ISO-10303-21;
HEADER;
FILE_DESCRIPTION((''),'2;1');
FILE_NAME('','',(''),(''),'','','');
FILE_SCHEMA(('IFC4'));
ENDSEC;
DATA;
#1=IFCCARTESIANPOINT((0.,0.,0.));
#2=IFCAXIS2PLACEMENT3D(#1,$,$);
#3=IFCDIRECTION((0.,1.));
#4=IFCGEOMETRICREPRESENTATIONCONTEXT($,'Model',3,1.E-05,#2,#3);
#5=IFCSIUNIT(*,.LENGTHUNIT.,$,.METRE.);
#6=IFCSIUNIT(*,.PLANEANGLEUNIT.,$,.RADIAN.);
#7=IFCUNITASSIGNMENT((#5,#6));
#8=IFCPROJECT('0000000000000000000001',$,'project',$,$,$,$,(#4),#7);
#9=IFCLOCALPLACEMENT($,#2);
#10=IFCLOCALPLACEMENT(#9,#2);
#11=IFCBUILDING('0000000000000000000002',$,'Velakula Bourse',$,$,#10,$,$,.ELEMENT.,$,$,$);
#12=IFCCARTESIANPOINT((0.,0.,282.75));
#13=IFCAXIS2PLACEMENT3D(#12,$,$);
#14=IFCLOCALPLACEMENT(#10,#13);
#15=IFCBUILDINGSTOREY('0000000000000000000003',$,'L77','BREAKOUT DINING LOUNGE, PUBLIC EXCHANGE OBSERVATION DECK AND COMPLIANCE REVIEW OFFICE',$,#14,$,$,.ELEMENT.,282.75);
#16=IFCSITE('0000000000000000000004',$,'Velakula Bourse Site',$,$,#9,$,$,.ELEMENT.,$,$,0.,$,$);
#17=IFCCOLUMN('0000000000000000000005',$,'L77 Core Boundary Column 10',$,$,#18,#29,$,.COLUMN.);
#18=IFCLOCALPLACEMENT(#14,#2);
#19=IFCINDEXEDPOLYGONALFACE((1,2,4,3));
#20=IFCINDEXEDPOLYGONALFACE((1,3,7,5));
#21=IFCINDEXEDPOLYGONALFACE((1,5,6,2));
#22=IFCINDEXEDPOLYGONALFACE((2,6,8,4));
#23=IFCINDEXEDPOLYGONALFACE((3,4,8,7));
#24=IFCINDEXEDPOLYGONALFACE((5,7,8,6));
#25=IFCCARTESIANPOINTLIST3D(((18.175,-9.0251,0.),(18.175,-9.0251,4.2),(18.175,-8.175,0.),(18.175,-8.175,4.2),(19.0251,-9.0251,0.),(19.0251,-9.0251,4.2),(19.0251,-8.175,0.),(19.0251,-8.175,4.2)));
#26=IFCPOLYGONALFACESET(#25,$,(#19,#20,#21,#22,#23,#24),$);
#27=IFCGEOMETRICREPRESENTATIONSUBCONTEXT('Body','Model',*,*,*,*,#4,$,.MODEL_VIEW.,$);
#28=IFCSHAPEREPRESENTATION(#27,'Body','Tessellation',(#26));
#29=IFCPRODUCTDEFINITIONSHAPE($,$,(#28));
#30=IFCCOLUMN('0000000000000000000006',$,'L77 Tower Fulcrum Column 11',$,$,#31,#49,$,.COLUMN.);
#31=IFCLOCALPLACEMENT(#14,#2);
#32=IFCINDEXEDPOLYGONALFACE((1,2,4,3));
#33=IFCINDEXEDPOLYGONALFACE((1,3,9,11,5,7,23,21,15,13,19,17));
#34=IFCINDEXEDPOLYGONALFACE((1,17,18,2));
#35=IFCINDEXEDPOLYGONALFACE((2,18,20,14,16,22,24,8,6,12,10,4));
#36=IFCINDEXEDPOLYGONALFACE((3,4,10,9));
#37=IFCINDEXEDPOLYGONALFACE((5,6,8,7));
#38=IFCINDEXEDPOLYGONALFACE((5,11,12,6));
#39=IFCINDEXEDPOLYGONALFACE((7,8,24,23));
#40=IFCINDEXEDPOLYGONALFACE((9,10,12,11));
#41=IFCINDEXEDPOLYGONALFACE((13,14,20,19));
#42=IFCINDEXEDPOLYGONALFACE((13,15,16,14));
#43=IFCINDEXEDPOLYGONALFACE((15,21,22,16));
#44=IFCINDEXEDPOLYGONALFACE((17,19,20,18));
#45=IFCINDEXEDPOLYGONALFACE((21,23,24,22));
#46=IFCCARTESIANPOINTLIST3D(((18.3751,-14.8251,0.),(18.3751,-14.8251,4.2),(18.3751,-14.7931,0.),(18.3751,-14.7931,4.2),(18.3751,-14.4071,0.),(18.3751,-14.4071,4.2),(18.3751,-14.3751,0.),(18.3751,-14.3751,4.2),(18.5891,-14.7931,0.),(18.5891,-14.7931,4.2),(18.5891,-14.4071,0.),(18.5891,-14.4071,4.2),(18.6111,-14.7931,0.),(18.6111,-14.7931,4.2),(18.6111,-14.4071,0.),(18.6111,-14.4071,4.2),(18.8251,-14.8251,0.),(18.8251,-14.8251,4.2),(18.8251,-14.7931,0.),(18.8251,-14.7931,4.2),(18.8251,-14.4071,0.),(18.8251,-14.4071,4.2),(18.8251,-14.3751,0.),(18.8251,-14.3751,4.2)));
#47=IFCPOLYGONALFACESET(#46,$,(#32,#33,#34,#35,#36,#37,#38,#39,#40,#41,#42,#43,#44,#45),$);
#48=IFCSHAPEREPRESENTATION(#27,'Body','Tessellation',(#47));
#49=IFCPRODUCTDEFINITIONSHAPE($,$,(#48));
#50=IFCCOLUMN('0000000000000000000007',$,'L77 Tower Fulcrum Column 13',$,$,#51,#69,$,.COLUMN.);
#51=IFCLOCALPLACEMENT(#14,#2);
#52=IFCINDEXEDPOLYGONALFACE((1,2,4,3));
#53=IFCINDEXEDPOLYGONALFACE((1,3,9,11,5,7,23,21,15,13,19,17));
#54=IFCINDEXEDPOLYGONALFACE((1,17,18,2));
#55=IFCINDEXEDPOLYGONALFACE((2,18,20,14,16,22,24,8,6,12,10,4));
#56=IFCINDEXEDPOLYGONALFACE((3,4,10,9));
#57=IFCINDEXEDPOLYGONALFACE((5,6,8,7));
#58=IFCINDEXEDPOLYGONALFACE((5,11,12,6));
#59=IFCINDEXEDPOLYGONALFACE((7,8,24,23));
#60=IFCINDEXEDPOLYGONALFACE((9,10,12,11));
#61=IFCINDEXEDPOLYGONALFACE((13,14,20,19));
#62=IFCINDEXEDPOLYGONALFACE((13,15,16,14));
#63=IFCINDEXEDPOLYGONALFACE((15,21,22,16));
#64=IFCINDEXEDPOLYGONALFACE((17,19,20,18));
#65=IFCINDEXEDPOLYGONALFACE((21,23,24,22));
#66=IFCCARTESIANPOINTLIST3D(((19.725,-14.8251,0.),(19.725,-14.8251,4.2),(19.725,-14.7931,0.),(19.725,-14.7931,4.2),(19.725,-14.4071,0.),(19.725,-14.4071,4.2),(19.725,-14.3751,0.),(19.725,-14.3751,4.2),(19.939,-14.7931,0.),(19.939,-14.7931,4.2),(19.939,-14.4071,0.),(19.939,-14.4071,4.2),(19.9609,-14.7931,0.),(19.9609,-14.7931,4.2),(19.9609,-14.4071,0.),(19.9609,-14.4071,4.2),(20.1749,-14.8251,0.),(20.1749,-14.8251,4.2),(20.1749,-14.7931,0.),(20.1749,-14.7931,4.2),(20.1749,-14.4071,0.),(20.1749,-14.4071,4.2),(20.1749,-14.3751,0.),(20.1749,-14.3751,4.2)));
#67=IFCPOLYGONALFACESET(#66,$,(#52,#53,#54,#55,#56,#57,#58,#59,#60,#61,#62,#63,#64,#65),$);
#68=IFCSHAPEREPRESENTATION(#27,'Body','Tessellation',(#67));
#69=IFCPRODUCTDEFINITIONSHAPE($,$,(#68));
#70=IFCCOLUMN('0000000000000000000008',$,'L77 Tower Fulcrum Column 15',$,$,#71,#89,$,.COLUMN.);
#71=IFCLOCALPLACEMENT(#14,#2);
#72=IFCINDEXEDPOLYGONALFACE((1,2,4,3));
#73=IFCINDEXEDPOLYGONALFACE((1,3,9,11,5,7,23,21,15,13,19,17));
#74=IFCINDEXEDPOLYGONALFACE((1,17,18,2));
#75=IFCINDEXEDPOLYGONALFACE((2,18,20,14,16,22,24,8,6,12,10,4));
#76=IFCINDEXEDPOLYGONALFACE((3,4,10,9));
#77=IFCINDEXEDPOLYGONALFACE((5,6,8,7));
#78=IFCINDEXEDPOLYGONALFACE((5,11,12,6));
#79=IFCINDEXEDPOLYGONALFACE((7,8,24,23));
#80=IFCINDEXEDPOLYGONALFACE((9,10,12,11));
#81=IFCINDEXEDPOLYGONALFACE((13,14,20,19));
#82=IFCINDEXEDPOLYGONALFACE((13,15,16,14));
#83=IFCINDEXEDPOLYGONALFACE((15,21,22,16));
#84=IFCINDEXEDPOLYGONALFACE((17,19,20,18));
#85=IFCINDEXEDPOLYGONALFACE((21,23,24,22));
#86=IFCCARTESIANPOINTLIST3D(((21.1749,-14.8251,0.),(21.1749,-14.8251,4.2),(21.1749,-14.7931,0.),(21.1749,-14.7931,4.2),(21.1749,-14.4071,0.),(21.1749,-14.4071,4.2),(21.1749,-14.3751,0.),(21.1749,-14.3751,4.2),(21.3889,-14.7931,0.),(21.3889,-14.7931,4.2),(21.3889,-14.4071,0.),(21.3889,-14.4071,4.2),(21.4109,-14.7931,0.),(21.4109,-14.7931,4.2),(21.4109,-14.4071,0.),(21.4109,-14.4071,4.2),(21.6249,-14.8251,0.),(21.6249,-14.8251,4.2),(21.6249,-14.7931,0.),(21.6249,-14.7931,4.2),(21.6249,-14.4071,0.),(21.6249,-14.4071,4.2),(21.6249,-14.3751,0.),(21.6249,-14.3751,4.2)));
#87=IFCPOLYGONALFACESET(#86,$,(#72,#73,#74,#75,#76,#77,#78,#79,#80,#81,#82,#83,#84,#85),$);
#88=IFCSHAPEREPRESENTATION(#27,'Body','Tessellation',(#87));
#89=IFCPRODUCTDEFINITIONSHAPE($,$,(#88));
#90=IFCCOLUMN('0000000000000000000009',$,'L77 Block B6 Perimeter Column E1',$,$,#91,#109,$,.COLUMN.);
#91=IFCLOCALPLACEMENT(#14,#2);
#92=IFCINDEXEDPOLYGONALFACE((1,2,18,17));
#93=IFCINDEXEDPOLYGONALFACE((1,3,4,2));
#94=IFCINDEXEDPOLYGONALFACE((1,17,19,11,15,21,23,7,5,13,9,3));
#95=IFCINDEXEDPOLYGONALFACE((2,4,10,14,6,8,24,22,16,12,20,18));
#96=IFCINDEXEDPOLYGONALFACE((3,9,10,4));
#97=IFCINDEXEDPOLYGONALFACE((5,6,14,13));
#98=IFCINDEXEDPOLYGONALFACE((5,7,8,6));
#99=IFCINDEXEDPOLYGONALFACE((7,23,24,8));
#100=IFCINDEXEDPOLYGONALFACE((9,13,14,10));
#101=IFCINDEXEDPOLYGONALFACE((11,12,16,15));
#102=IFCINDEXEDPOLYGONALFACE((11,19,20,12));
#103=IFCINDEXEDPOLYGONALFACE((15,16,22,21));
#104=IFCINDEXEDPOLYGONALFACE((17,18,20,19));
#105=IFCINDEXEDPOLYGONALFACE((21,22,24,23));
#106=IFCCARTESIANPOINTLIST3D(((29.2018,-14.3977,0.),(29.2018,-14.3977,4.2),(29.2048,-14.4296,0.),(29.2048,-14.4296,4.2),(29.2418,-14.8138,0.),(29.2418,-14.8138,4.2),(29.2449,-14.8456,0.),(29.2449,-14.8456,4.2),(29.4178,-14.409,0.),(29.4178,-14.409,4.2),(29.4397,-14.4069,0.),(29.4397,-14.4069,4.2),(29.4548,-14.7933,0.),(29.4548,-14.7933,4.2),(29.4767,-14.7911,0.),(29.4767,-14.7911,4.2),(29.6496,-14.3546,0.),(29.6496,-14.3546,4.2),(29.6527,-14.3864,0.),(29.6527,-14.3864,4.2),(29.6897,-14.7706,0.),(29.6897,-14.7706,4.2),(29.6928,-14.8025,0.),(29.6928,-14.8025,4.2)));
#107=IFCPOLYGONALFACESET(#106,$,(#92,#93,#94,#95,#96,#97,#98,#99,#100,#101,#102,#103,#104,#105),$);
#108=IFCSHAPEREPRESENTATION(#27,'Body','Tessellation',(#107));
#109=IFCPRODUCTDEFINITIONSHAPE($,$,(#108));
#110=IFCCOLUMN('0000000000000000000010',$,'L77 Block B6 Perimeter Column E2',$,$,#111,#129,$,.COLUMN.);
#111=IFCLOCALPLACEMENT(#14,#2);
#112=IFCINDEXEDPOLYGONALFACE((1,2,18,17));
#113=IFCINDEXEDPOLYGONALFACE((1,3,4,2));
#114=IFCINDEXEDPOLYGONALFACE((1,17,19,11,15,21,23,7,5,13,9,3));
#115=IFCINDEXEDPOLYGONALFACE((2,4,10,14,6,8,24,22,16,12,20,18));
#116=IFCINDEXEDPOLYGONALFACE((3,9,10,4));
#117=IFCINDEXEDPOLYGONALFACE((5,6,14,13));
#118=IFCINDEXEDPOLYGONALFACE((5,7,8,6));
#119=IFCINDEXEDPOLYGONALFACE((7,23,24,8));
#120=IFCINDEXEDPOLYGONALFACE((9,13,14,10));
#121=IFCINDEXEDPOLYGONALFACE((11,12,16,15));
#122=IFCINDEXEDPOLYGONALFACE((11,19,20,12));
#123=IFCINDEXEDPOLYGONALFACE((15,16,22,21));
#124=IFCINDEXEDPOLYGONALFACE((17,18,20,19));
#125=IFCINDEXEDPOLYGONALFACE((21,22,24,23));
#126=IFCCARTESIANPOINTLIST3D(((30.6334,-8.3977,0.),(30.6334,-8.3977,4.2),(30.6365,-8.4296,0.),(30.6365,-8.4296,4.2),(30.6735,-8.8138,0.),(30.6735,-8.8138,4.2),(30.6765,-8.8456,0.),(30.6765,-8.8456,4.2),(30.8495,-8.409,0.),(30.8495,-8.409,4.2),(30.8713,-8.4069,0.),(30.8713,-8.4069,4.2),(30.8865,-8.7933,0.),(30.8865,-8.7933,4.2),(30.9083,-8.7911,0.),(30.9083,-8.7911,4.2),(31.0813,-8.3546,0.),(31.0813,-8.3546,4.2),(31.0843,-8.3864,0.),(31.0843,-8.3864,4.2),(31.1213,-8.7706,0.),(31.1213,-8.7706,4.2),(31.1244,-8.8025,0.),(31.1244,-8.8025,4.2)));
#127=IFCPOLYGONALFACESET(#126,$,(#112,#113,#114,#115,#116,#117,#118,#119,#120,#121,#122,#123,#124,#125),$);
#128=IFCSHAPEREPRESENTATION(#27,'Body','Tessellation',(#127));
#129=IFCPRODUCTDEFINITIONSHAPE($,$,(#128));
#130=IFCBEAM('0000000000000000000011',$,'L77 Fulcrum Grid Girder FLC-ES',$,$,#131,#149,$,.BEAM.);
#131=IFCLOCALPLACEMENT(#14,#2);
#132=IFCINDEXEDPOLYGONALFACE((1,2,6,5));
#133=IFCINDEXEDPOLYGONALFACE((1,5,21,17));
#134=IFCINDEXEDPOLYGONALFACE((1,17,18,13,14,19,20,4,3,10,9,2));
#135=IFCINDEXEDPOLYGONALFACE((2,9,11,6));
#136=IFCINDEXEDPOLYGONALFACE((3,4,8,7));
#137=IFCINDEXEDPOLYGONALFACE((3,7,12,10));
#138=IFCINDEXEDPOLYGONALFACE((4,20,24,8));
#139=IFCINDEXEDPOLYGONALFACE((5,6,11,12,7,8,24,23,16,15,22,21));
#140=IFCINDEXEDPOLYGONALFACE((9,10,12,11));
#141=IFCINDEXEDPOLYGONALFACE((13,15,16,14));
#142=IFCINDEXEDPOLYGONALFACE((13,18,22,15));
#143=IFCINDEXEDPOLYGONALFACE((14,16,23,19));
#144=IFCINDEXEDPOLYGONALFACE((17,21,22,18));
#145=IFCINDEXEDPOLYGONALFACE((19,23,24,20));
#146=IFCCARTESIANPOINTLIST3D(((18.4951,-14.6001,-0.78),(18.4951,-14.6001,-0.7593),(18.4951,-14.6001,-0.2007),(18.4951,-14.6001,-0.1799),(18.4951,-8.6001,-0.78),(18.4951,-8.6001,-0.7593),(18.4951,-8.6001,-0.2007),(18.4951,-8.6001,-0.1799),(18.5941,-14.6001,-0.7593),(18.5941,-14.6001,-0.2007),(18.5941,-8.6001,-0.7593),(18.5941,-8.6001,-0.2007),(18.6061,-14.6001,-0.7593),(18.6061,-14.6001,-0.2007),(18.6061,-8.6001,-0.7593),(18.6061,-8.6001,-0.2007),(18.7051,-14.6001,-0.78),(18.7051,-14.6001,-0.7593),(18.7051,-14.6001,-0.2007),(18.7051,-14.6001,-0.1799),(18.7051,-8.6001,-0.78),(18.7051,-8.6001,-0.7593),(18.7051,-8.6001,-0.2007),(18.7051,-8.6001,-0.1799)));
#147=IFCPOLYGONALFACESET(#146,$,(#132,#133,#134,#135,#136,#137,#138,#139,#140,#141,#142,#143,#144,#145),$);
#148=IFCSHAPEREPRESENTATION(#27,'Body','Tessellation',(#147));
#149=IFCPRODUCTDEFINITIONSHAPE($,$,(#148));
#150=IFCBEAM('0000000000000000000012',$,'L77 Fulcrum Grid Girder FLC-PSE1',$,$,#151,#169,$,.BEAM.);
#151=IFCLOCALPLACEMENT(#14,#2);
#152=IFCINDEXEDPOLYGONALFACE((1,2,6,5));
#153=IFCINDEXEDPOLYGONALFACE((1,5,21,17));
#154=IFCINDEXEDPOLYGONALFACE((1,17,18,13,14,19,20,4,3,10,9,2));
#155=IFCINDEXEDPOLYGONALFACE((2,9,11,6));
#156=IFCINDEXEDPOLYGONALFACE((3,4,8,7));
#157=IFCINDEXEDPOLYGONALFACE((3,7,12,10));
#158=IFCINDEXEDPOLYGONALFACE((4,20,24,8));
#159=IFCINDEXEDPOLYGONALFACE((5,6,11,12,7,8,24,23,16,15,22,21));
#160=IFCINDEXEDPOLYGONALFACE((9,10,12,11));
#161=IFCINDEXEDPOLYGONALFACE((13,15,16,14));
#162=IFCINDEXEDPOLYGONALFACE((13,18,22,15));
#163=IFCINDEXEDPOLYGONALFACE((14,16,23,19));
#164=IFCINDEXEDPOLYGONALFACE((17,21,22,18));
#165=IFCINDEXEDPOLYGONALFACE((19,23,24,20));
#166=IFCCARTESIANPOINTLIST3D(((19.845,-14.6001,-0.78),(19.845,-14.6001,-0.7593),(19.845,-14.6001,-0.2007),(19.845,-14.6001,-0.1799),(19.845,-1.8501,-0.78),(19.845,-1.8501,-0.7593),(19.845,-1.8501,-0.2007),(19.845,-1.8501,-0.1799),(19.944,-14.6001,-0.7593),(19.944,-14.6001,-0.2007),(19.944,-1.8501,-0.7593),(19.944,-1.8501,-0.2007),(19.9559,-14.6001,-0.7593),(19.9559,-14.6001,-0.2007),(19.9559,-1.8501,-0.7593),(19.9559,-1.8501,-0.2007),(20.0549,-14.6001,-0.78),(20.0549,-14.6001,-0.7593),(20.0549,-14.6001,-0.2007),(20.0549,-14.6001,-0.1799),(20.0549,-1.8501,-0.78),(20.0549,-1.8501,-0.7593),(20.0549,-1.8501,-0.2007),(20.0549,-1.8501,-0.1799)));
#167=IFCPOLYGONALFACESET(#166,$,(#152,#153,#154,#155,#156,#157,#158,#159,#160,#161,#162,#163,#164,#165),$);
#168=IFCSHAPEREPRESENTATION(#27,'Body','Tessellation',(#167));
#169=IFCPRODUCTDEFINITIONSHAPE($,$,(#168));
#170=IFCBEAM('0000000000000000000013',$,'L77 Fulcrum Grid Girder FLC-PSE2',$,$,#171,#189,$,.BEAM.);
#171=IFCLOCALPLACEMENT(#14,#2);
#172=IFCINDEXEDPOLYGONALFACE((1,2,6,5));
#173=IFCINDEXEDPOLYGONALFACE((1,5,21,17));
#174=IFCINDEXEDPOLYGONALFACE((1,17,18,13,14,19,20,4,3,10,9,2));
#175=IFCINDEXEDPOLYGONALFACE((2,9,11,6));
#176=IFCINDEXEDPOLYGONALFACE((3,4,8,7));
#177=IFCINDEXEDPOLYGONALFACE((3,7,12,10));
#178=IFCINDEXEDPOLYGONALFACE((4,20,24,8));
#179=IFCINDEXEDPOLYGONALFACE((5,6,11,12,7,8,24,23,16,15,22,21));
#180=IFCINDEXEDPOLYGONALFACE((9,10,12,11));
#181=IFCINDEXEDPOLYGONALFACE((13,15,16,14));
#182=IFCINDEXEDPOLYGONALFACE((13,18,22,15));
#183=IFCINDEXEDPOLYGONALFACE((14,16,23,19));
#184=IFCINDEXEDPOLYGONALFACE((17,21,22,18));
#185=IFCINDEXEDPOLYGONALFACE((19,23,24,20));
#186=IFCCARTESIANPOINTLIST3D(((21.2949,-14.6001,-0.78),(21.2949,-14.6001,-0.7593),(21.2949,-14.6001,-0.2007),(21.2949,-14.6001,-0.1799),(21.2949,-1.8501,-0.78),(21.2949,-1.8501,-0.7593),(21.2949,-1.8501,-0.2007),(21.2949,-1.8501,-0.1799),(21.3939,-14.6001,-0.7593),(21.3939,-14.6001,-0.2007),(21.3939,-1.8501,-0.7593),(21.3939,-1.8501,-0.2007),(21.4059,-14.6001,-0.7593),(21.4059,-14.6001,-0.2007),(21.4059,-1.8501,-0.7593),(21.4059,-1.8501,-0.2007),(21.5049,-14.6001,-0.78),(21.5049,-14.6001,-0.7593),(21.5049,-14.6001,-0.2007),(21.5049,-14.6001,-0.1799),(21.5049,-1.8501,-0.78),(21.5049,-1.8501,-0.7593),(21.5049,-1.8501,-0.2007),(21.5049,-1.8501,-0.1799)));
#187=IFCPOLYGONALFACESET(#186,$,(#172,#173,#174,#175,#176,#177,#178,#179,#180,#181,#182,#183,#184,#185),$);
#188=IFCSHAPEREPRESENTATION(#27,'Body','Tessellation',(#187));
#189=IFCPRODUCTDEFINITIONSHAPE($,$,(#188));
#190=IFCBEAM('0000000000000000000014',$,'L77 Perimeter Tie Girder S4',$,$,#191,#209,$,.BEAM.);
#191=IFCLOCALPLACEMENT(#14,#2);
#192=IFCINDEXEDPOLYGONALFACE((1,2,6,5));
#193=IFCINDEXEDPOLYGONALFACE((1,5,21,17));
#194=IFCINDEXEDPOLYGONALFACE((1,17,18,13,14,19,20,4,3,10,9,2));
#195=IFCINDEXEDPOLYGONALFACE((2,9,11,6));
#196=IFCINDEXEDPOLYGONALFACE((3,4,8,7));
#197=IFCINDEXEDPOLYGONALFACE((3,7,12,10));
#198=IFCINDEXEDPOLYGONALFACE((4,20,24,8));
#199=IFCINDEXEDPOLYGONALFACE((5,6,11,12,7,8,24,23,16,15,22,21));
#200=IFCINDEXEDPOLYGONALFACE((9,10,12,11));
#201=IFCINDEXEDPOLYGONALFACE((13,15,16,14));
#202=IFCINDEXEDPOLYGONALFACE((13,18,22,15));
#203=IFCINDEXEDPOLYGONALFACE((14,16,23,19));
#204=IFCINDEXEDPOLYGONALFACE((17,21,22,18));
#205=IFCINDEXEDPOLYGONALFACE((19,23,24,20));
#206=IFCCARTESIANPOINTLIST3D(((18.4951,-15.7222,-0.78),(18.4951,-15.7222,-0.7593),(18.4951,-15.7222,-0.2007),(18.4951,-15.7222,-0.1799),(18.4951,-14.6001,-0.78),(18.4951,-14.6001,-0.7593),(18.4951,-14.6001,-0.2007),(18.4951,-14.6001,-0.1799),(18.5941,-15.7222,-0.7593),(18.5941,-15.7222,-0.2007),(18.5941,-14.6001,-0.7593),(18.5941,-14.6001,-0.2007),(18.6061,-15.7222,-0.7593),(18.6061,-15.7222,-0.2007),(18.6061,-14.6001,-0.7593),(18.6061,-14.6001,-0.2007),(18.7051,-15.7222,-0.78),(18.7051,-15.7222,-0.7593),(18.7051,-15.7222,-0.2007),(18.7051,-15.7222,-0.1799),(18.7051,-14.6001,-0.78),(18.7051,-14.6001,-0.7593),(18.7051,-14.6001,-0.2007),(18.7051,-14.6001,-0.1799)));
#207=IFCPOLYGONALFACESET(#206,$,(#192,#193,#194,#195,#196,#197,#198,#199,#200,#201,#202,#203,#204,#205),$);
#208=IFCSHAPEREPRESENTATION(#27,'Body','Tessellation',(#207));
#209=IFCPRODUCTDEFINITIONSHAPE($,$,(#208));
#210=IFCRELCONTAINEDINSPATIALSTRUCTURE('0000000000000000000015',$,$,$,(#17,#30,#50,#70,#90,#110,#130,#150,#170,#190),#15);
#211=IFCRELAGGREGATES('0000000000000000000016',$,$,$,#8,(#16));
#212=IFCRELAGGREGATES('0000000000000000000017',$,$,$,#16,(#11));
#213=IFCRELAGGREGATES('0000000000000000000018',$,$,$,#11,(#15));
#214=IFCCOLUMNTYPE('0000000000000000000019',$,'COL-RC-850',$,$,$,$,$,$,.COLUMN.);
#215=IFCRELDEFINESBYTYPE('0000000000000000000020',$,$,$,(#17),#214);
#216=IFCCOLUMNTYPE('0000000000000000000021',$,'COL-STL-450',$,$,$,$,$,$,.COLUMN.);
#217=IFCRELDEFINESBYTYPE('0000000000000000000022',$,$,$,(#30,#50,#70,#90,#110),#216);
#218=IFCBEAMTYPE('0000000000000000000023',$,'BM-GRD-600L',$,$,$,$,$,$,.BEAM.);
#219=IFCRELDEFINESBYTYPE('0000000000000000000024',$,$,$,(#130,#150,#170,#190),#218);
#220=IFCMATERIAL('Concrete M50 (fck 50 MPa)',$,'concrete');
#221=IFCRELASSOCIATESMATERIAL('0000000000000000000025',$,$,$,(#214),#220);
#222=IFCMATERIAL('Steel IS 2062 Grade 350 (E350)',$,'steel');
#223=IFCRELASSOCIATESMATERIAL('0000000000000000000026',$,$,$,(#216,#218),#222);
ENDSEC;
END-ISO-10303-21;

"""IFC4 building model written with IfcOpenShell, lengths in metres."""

from ifc_helpers import new_model, si_unit, direction, frame, origin, origin_2d, place, context, subcontext, project, spatial, rectangle, i_section, extrude, material, material_profile, profile_set, type_object, element, save


model = new_model("IFC4")

# Units and contexts
model_context = context("Model", 3, precision=1e-05, world=origin(), true_north=direction((0.0, 1.0)))
body_context = subcontext(model_context, "Body", "Model", "MODEL_VIEW")
ifc_project = project(units=[si_unit("LENGTHUNIT", "METRE"), si_unit("PLANEANGLEUNIT", "RADIAN")], contexts=[model_context])

# Site, building, storey
site_placement = place(None, origin())
site = spatial("IfcSite", under=ifc_project, at=site_placement, Name="Velakula Bourse Site", CompositionType="ELEMENT", RefElevation=0.0)
building_placement = place(site_placement, origin())
building = spatial("IfcBuilding", under=site, at=building_placement, Name="Velakula Bourse", CompositionType="ELEMENT")
storey_placement = place(building_placement, frame((0.0, 0.0, 282.75)))
storey = spatial("IfcBuildingStorey", under=building, at=storey_placement, Name="L77", Description="BREAKOUT DINING LOUNGE, PUBLIC EXCHANGE OBSERVATION DECK AND COMPLIANCE REVIEW OFFICE", CompositionType="ELEMENT", Elevation=282.75)

# Columns
ifc_material_1 = material(Name="Concrete M50 (fck 50 MPa)", Category="concrete")
ifc_material_profile_1 = material_profile(ifc_material_1, rectangle(XDim=0.8501, YDim=0.8501, at=origin_2d()), Name="Concrete M50 (fck 50 MPa)")
ifc_profile_set_1 = profile_set([ifc_material_profile_1], Name="Concrete M50 (fck 50 MPa)")
column_type_1 = type_object("IfcColumnType", Name="COL-RC-850", PredefinedType="COLUMN", material=ifc_profile_set_1)
column_placement = place(storey_placement, frame((18.6001, -8.6001, 0.0), z_axis=(0.0, 0.0, 1.0), x_axis=(1.0, 0.0, 0.0)))
element("IfcColumn", 1, at=column_placement, inside=storey, type_object=column_type_1, Name="L77 Core Boundary Column 10", PredefinedType="COLUMN", context=body_context, shape_type="SweptSolid", body=[
    extrude(rectangle(XDim=0.8501, YDim=0.8501, at=origin_2d()), origin(), (0.0, 0.0, 1.0), 4.2),
])
ifc_material_2 = material(Name="Steel IS 2062 Grade 350 (E350)", Category="steel")
ifc_material_profile_2 = material_profile(ifc_material_2, i_section(OverallWidth=0.45, OverallDepth=0.45, WebThickness=0.022, FlangeThickness=0.032, at=origin_2d()), Name="Steel IS 2062 Grade 350 (E350)")
ifc_profile_set_2 = profile_set([ifc_material_profile_2], Name="Steel IS 2062 Grade 350 (E350)")
column_type_2 = type_object("IfcColumnType", Name="COL-STL-450", PredefinedType="COLUMN", material=ifc_profile_set_2)
for number, where, z_axis, x_axis, name in (
    (2, (18.6001, -14.6001, 0.0), (0.0, 0.0, 1.0), (1.0, 0.0, 0.0), "L77 Tower Fulcrum Column 11"),
    (3, (19.95, -14.6001, 0.0), (0.0, 0.0, 1.0), (1.0, 0.0, 0.0), "L77 Tower Fulcrum Column 13"),
    (4, (21.3999, -14.6001, 0.0), (0.0, 0.0, 1.0), (1.0, 0.0, 0.0), "L77 Tower Fulcrum Column 15"),
    (5, (29.4473, -14.6001, 0.0), (0.0, 0.0, 1.0), (0.995396, 0.095846, 0.0), "L77 Block B6 Perimeter Column E1"),
    (6, (30.8789, -8.6001, 0.0), (0.0, 0.0, 1.0), (0.995396, 0.095846, 0.0), "L77 Block B6 Perimeter Column E2"),
):
    element("IfcColumn", number, at=place(storey_placement, frame(where, z_axis=z_axis, x_axis=x_axis)), inside=storey, type_object=column_type_2, Name=name, PredefinedType="COLUMN", context=body_context, shape_type="SweptSolid", body=[
        extrude(i_section(OverallWidth=0.45, OverallDepth=0.45, WebThickness=0.022, FlangeThickness=0.032, at=origin_2d()), origin(), (0.0, 0.0, 1.0), 4.2),
    ])

# Beams
ifc_material_profile_3 = material_profile(ifc_material_2, i_section(OverallWidth=0.21, OverallDepth=0.6001, WebThickness=0.012, FlangeThickness=0.0208, at=origin_2d()), Name="Steel IS 2062 Grade 350 (E350)")
ifc_profile_set_3 = profile_set([ifc_material_profile_3], Name="Steel IS 2062 Grade 350 (E350)")
beam_type_1 = type_object("IfcBeamType", Name="BM-GRD-600L", PredefinedType="BEAM", material=ifc_profile_set_3)
beam_1_placement = place(storey_placement, frame((18.6001, -14.6001, -0.48), z_axis=(0.0, 1.0, 0.0), x_axis=(-1.0, 0.0, 0.0)))
element("IfcBeam", 7, at=beam_1_placement, inside=storey, type_object=beam_type_1, Name="L77 Fulcrum Grid Girder FLC-ES", PredefinedType="BEAM", context=body_context, shape_type="SweptSolid", body=[
    extrude(i_section(OverallWidth=0.21, OverallDepth=0.6001, WebThickness=0.012, FlangeThickness=0.0208, at=origin_2d()), origin(), (0.0, 0.0, 1.0), 6.0),
])
for number, where, z_axis, x_axis, name in (
    (8, (19.95, -14.6001, -0.48), (0.0, 1.0, 0.0), (-1.0, 0.0, 0.0), "L77 Fulcrum Grid Girder FLC-PSE1"),
    (9, (21.3999, -14.6001, -0.48), (0.0, 1.0, 0.0), (-1.0, 0.0, 0.0), "L77 Fulcrum Grid Girder FLC-PSE2"),
):
    element("IfcBeam", number, at=place(storey_placement, frame(where, z_axis=z_axis, x_axis=x_axis)), inside=storey, type_object=beam_type_1, Name=name, PredefinedType="BEAM", context=body_context, shape_type="SweptSolid", body=[
        extrude(i_section(OverallWidth=0.21, OverallDepth=0.6001, WebThickness=0.012, FlangeThickness=0.0208, at=origin_2d()), origin(), (0.0, 0.0, 1.0), 12.75),
    ])
beam_2_placement = place(storey_placement, frame((18.6001, -14.6001, -0.48), z_axis=(0.0, -1.0, 0.0), x_axis=(1.0, 0.0, 0.0)))
element("IfcBeam", 10, at=beam_2_placement, inside=storey, type_object=beam_type_1, Name="L77 Perimeter Tie Girder S4", PredefinedType="BEAM", context=body_context, shape_type="SweptSolid", body=[
    extrude(i_section(OverallWidth=0.21, OverallDepth=0.6001, WebThickness=0.012, FlangeThickness=0.0208, at=origin_2d()), origin(), (0.0, 0.0, 1.0), 1.1221),
])

save(model, "model.ifc")
